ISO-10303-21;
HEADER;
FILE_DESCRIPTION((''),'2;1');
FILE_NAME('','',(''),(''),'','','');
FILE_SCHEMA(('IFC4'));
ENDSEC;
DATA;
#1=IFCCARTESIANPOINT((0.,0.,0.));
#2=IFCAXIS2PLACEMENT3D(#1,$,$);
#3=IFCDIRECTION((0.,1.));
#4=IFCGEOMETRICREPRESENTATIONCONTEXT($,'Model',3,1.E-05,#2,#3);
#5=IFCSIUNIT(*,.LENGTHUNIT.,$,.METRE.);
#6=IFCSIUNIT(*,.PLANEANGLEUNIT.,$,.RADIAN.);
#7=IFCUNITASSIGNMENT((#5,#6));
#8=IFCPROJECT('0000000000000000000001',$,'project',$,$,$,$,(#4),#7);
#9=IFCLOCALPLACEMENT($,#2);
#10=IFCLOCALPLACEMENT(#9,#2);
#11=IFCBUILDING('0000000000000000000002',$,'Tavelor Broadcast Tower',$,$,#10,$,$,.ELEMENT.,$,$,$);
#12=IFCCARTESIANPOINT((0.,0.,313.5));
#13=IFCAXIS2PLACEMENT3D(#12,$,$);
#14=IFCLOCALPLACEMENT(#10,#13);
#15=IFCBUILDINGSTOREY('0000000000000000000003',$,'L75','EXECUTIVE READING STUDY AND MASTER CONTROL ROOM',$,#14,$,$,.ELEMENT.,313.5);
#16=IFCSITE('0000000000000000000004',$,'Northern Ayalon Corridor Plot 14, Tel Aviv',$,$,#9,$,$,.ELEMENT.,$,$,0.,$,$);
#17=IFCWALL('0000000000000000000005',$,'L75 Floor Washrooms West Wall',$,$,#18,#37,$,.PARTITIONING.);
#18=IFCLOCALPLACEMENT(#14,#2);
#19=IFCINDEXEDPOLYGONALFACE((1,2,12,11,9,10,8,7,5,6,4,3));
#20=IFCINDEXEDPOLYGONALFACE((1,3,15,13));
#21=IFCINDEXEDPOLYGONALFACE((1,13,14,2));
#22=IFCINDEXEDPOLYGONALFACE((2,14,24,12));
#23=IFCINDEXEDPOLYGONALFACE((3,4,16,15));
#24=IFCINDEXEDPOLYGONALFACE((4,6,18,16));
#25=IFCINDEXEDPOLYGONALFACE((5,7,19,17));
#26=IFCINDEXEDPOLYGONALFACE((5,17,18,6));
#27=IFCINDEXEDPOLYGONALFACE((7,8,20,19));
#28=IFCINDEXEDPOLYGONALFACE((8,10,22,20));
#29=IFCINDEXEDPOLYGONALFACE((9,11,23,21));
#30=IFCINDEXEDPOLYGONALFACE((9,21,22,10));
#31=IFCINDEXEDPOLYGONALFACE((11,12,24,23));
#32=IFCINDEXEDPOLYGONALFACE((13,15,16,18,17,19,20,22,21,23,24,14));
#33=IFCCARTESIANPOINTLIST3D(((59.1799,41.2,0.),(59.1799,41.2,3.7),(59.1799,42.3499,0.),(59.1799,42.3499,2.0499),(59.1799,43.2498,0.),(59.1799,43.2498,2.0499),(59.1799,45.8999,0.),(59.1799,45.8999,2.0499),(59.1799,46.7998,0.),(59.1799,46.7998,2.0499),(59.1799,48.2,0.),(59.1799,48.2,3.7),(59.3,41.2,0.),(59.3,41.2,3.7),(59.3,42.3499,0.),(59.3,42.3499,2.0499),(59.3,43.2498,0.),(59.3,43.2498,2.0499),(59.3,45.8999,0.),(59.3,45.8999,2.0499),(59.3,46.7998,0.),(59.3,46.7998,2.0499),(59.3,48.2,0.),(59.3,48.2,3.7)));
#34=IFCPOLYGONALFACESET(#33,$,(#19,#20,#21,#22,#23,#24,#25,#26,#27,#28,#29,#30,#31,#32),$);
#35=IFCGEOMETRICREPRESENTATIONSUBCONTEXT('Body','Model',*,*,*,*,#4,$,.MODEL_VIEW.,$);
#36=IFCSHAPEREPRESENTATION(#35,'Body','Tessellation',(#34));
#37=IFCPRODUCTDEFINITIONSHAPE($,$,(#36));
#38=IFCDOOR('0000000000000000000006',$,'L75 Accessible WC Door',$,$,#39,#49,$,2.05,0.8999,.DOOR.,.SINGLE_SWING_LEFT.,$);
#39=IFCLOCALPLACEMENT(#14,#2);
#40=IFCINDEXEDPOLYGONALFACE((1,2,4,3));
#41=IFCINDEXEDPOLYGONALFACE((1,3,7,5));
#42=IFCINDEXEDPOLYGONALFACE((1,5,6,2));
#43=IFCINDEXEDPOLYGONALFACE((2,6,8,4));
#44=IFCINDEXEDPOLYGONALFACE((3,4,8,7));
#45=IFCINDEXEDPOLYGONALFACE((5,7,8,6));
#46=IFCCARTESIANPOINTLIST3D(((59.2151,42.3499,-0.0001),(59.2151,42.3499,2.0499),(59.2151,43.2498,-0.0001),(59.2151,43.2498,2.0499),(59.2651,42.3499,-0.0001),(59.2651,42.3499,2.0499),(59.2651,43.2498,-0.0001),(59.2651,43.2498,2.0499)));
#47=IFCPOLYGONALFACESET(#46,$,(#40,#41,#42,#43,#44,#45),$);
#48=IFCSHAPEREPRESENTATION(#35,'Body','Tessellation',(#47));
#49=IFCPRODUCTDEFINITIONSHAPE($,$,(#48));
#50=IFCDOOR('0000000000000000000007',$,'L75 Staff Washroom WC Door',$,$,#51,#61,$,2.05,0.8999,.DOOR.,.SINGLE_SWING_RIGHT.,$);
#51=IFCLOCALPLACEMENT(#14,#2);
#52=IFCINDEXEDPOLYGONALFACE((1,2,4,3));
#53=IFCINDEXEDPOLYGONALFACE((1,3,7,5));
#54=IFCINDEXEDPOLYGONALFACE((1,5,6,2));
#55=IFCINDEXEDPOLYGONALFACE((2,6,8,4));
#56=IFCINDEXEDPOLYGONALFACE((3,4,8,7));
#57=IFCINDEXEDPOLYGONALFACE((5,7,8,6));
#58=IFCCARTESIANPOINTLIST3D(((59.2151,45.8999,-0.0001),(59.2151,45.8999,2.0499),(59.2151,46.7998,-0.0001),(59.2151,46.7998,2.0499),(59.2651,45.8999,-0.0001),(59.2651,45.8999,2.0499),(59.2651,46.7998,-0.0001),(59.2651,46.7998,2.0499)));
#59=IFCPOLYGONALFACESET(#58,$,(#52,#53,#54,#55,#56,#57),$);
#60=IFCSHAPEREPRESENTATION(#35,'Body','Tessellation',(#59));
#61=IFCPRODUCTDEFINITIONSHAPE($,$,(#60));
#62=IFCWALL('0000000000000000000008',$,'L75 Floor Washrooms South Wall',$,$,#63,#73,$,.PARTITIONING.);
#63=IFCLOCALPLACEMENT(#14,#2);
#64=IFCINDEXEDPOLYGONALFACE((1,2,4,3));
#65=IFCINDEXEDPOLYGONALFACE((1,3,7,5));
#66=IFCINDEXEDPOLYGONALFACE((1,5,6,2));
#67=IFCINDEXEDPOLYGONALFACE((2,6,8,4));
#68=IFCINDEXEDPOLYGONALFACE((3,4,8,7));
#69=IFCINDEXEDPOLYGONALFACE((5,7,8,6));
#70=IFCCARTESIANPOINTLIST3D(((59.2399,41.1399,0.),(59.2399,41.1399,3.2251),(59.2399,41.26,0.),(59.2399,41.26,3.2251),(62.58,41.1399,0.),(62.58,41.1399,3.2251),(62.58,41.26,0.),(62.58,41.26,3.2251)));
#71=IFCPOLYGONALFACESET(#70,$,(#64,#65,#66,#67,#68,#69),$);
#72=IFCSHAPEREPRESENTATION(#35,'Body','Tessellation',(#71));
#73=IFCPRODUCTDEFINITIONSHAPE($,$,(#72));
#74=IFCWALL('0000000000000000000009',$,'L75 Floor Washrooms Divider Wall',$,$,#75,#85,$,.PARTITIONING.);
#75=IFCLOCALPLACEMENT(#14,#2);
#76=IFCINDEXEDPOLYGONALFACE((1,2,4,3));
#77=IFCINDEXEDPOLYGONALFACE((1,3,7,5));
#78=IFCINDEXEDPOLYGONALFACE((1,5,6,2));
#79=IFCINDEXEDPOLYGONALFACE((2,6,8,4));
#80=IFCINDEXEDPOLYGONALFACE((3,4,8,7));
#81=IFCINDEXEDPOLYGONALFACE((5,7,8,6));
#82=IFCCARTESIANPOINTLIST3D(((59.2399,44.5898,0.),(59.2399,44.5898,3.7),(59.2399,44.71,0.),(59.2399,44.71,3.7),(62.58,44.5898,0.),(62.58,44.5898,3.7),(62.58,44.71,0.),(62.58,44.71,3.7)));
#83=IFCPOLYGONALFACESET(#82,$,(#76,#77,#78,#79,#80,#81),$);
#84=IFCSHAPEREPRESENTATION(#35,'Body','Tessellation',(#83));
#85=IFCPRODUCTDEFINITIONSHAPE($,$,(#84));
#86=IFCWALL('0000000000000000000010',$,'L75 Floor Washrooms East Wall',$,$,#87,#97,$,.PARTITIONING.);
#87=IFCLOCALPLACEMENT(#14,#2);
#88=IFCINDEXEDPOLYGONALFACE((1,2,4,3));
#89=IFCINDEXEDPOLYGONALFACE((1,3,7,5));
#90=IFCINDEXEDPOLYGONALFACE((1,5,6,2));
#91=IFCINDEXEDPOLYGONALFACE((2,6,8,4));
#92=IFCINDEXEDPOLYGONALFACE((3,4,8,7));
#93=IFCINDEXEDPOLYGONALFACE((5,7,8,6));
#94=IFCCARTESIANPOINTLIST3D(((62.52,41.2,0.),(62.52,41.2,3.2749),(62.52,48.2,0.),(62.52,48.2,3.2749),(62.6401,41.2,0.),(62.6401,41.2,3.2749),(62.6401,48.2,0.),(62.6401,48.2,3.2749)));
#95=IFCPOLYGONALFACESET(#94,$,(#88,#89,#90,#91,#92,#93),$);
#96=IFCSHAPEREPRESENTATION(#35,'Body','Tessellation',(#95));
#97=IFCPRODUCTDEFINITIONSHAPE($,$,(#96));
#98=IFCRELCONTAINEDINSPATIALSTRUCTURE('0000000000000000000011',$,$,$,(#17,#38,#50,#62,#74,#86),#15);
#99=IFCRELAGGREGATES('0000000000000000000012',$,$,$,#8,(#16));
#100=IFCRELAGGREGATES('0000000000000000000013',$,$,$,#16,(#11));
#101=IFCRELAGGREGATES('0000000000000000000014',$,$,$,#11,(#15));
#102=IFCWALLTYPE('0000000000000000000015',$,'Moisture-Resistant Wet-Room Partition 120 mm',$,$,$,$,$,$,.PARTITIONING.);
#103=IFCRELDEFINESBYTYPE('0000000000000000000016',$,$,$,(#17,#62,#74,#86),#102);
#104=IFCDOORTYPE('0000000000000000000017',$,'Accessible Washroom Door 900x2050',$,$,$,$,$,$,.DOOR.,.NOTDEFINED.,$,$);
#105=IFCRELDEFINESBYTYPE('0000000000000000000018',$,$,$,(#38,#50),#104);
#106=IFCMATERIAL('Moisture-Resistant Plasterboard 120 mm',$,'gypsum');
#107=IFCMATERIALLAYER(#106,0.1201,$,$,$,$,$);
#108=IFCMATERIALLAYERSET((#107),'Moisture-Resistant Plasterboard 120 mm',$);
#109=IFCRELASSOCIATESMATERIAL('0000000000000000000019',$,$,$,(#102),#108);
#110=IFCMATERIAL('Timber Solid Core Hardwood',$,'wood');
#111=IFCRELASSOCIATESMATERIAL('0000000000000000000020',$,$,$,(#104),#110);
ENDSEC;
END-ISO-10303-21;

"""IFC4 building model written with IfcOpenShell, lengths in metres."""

from ifc_helpers import new_model, si_unit, direction, frame, frame_2d, origin, place, context, subcontext, project, spatial, rectangle, extrude, material, layer, layer_set, type_object, element, fill, save


model = new_model("IFC4")

# Units and contexts
model_context = context("Model", 3, precision=1e-05, world=origin(), true_north=direction((0.0, 1.0)))
body_context = subcontext(model_context, "Body", "Model", "MODEL_VIEW")
ifc_project = project(units=[si_unit("LENGTHUNIT", "METRE"), si_unit("PLANEANGLEUNIT", "RADIAN")], contexts=[model_context])

# Site, building, storey
site_placement = place(None, origin())
site = spatial("IfcSite", under=ifc_project, at=site_placement, Name="Northern Ayalon Corridor Plot 14, Tel Aviv", CompositionType="ELEMENT", RefElevation=0.0)
building_placement = place(site_placement, origin())
building = spatial("IfcBuilding", under=site, at=building_placement, Name="Tavelor Broadcast Tower", CompositionType="ELEMENT")
storey_placement = place(building_placement, frame((0.0, 0.0, 313.5)))
storey = spatial("IfcBuildingStorey", under=building, at=storey_placement, Name="L75", Description="EXECUTIVE READING STUDY AND MASTER CONTROL ROOM", CompositionType="ELEMENT", Elevation=313.5)

# Shared definitions
ifc_material_1 = material(Name="Timber Solid Core Hardwood", Category="wood")

# Wall, openings, doors
ifc_material_2 = material(Name="Moisture-Resistant Plasterboard 120 mm", Category="gypsum")
ifc_layer_1 = layer(ifc_material_2, 0.1201)
ifc_layer_set_1 = layer_set([ifc_layer_1], Name="Moisture-Resistant Plasterboard 120 mm")
wall_type_1 = type_object("IfcWallType", Name="Moisture-Resistant Wet-Room Partition 120 mm", PredefinedType="PARTITIONING", material=ifc_layer_set_1)
wall_1_placement = place(storey_placement, frame((59.24, 41.2, 0.0), z_axis=(0.0, 0.0, 1.0), x_axis=(0.0, 1.0, 0.0)))
wall_1 = element("IfcWall", 1, at=wall_1_placement, inside=storey, type_object=wall_type_1, Name="L75 Floor Washrooms West Wall", PredefinedType="PARTITIONING", context=body_context, shape_type="SweptSolid", body=[
    extrude(rectangle(XDim=7.0, YDim=0.1201, at=frame_2d((3.5, 0.0))), origin(), (0.0, 0.0, 1.0), 3.7),
])
opening_1_placement = place(wall_1_placement, frame((1.1499, 0.0, 0.0)))
opening_1 = element("IfcOpeningElement", 2, at=opening_1_placement, cuts=wall_1, PredefinedType="OPENING", context=body_context, shape_type="SweptSolid", body=[
    extrude(rectangle(XDim=0.8999, YDim=2.05, at=frame_2d((0.45, 1.0249))), frame((0.0, 0.0701, 0.0), z_axis=(0.0, -1.0, 0.0), x_axis=(1.0, 0.0, 0.0)), (0.0, 0.0, 1.0), 0.1401),
])
opening_2_placement = place(wall_1_placement, frame((4.7, 0.0, 0.0)))
opening_2 = element("IfcOpeningElement", 3, at=opening_2_placement, cuts=wall_1, PredefinedType="OPENING", context=body_context, shape_type="SweptSolid", body=[
    extrude(rectangle(XDim=0.8999, YDim=2.05, at=frame_2d((0.45, 1.0249))), frame((0.0, 0.0701, 0.0), z_axis=(0.0, -1.0, 0.0), x_axis=(1.0, 0.0, 0.0)), (0.0, 0.0, 1.0), 0.1401),
])
door_type_1 = type_object("IfcDoorType", Name="Accessible Washroom Door 900x2050", OperationType="NOTDEFINED", PredefinedType="DOOR", material=ifc_material_1)
door_1_placement = place(opening_1_placement, origin())
door_1 = element("IfcDoor", 4, at=door_1_placement, inside=storey, type_object=door_type_1, Name="L75 Accessible WC Door", OperationType="SINGLE_SWING_LEFT", OverallHeight=2.05, OverallWidth=0.8999, PredefinedType="DOOR", context=body_context, shape_type="SweptSolid", body=[
    extrude(rectangle(XDim=0.8999, YDim=2.05, at=frame_2d((0.45, 1.0249))), frame((0.0, 0.0249, 0.0), z_axis=(0.0, -1.0, 0.0), x_axis=(1.0, 0.0, 0.0)), (0.0, 0.0, 1.0), 0.05),
])
fill(opening_1, door_1)
door_2_placement = place(opening_2_placement, origin())
door_2 = element("IfcDoor", 5, at=door_2_placement, inside=storey, type_object=door_type_1, Name="L75 Staff Washroom WC Door", OperationType="SINGLE_SWING_RIGHT", OverallHeight=2.05, OverallWidth=0.8999, PredefinedType="DOOR", context=body_context, shape_type="SweptSolid", body=[
    extrude(rectangle(XDim=0.8999, YDim=2.05, at=frame_2d((0.45, 1.0249))), frame((0.0, 0.0249, 0.0), z_axis=(0.0, -1.0, 0.0), x_axis=(1.0, 0.0, 0.0)), (0.0, 0.0, 1.0), 0.05),
])
fill(opening_2, door_2)

# Walls
wall_2_placement = place(storey_placement, frame((59.24, 41.2, 0.0), z_axis=(0.0, 0.0, 1.0), x_axis=(1.0, 0.0, 0.0)))
element("IfcWall", 6, at=wall_2_placement, inside=storey, type_object=wall_type_1, Name="L75 Floor Washrooms South Wall", PredefinedType="PARTITIONING", context=body_context, shape_type="SweptSolid", body=[
    extrude(rectangle(XDim=3.3401, YDim=0.1201, at=frame_2d((1.6699, 0.0))), origin(), (0.0, 0.0, 1.0), 3.2251),
])
wall_3_placement = place(storey_placement, frame((59.24, 44.6499, 0.0), z_axis=(0.0, 0.0, 1.0), x_axis=(1.0, 0.0, 0.0)))
element("IfcWall", 7, at=wall_3_placement, inside=storey, type_object=wall_type_1, Name="L75 Floor Washrooms Divider Wall", PredefinedType="PARTITIONING", context=body_context, shape_type="SweptSolid", body=[
    extrude(rectangle(XDim=3.3401, YDim=0.1201, at=frame_2d((1.6699, 0.0))), origin(), (0.0, 0.0, 1.0), 3.7),
])
wall_4_placement = place(storey_placement, frame((62.5801, 41.2, 0.0), z_axis=(0.0, 0.0, 1.0), x_axis=(0.0, 1.0, 0.0)))
element("IfcWall", 8, at=wall_4_placement, inside=storey, type_object=wall_type_1, Name="L75 Floor Washrooms East Wall", PredefinedType="PARTITIONING", context=body_context, shape_type="SweptSolid", body=[
    extrude(rectangle(XDim=7.0, YDim=0.1201, at=frame_2d((3.5, 0.0))), origin(), (0.0, 0.0, 1.0), 3.2749),
])

save(model, "model.ifc")
